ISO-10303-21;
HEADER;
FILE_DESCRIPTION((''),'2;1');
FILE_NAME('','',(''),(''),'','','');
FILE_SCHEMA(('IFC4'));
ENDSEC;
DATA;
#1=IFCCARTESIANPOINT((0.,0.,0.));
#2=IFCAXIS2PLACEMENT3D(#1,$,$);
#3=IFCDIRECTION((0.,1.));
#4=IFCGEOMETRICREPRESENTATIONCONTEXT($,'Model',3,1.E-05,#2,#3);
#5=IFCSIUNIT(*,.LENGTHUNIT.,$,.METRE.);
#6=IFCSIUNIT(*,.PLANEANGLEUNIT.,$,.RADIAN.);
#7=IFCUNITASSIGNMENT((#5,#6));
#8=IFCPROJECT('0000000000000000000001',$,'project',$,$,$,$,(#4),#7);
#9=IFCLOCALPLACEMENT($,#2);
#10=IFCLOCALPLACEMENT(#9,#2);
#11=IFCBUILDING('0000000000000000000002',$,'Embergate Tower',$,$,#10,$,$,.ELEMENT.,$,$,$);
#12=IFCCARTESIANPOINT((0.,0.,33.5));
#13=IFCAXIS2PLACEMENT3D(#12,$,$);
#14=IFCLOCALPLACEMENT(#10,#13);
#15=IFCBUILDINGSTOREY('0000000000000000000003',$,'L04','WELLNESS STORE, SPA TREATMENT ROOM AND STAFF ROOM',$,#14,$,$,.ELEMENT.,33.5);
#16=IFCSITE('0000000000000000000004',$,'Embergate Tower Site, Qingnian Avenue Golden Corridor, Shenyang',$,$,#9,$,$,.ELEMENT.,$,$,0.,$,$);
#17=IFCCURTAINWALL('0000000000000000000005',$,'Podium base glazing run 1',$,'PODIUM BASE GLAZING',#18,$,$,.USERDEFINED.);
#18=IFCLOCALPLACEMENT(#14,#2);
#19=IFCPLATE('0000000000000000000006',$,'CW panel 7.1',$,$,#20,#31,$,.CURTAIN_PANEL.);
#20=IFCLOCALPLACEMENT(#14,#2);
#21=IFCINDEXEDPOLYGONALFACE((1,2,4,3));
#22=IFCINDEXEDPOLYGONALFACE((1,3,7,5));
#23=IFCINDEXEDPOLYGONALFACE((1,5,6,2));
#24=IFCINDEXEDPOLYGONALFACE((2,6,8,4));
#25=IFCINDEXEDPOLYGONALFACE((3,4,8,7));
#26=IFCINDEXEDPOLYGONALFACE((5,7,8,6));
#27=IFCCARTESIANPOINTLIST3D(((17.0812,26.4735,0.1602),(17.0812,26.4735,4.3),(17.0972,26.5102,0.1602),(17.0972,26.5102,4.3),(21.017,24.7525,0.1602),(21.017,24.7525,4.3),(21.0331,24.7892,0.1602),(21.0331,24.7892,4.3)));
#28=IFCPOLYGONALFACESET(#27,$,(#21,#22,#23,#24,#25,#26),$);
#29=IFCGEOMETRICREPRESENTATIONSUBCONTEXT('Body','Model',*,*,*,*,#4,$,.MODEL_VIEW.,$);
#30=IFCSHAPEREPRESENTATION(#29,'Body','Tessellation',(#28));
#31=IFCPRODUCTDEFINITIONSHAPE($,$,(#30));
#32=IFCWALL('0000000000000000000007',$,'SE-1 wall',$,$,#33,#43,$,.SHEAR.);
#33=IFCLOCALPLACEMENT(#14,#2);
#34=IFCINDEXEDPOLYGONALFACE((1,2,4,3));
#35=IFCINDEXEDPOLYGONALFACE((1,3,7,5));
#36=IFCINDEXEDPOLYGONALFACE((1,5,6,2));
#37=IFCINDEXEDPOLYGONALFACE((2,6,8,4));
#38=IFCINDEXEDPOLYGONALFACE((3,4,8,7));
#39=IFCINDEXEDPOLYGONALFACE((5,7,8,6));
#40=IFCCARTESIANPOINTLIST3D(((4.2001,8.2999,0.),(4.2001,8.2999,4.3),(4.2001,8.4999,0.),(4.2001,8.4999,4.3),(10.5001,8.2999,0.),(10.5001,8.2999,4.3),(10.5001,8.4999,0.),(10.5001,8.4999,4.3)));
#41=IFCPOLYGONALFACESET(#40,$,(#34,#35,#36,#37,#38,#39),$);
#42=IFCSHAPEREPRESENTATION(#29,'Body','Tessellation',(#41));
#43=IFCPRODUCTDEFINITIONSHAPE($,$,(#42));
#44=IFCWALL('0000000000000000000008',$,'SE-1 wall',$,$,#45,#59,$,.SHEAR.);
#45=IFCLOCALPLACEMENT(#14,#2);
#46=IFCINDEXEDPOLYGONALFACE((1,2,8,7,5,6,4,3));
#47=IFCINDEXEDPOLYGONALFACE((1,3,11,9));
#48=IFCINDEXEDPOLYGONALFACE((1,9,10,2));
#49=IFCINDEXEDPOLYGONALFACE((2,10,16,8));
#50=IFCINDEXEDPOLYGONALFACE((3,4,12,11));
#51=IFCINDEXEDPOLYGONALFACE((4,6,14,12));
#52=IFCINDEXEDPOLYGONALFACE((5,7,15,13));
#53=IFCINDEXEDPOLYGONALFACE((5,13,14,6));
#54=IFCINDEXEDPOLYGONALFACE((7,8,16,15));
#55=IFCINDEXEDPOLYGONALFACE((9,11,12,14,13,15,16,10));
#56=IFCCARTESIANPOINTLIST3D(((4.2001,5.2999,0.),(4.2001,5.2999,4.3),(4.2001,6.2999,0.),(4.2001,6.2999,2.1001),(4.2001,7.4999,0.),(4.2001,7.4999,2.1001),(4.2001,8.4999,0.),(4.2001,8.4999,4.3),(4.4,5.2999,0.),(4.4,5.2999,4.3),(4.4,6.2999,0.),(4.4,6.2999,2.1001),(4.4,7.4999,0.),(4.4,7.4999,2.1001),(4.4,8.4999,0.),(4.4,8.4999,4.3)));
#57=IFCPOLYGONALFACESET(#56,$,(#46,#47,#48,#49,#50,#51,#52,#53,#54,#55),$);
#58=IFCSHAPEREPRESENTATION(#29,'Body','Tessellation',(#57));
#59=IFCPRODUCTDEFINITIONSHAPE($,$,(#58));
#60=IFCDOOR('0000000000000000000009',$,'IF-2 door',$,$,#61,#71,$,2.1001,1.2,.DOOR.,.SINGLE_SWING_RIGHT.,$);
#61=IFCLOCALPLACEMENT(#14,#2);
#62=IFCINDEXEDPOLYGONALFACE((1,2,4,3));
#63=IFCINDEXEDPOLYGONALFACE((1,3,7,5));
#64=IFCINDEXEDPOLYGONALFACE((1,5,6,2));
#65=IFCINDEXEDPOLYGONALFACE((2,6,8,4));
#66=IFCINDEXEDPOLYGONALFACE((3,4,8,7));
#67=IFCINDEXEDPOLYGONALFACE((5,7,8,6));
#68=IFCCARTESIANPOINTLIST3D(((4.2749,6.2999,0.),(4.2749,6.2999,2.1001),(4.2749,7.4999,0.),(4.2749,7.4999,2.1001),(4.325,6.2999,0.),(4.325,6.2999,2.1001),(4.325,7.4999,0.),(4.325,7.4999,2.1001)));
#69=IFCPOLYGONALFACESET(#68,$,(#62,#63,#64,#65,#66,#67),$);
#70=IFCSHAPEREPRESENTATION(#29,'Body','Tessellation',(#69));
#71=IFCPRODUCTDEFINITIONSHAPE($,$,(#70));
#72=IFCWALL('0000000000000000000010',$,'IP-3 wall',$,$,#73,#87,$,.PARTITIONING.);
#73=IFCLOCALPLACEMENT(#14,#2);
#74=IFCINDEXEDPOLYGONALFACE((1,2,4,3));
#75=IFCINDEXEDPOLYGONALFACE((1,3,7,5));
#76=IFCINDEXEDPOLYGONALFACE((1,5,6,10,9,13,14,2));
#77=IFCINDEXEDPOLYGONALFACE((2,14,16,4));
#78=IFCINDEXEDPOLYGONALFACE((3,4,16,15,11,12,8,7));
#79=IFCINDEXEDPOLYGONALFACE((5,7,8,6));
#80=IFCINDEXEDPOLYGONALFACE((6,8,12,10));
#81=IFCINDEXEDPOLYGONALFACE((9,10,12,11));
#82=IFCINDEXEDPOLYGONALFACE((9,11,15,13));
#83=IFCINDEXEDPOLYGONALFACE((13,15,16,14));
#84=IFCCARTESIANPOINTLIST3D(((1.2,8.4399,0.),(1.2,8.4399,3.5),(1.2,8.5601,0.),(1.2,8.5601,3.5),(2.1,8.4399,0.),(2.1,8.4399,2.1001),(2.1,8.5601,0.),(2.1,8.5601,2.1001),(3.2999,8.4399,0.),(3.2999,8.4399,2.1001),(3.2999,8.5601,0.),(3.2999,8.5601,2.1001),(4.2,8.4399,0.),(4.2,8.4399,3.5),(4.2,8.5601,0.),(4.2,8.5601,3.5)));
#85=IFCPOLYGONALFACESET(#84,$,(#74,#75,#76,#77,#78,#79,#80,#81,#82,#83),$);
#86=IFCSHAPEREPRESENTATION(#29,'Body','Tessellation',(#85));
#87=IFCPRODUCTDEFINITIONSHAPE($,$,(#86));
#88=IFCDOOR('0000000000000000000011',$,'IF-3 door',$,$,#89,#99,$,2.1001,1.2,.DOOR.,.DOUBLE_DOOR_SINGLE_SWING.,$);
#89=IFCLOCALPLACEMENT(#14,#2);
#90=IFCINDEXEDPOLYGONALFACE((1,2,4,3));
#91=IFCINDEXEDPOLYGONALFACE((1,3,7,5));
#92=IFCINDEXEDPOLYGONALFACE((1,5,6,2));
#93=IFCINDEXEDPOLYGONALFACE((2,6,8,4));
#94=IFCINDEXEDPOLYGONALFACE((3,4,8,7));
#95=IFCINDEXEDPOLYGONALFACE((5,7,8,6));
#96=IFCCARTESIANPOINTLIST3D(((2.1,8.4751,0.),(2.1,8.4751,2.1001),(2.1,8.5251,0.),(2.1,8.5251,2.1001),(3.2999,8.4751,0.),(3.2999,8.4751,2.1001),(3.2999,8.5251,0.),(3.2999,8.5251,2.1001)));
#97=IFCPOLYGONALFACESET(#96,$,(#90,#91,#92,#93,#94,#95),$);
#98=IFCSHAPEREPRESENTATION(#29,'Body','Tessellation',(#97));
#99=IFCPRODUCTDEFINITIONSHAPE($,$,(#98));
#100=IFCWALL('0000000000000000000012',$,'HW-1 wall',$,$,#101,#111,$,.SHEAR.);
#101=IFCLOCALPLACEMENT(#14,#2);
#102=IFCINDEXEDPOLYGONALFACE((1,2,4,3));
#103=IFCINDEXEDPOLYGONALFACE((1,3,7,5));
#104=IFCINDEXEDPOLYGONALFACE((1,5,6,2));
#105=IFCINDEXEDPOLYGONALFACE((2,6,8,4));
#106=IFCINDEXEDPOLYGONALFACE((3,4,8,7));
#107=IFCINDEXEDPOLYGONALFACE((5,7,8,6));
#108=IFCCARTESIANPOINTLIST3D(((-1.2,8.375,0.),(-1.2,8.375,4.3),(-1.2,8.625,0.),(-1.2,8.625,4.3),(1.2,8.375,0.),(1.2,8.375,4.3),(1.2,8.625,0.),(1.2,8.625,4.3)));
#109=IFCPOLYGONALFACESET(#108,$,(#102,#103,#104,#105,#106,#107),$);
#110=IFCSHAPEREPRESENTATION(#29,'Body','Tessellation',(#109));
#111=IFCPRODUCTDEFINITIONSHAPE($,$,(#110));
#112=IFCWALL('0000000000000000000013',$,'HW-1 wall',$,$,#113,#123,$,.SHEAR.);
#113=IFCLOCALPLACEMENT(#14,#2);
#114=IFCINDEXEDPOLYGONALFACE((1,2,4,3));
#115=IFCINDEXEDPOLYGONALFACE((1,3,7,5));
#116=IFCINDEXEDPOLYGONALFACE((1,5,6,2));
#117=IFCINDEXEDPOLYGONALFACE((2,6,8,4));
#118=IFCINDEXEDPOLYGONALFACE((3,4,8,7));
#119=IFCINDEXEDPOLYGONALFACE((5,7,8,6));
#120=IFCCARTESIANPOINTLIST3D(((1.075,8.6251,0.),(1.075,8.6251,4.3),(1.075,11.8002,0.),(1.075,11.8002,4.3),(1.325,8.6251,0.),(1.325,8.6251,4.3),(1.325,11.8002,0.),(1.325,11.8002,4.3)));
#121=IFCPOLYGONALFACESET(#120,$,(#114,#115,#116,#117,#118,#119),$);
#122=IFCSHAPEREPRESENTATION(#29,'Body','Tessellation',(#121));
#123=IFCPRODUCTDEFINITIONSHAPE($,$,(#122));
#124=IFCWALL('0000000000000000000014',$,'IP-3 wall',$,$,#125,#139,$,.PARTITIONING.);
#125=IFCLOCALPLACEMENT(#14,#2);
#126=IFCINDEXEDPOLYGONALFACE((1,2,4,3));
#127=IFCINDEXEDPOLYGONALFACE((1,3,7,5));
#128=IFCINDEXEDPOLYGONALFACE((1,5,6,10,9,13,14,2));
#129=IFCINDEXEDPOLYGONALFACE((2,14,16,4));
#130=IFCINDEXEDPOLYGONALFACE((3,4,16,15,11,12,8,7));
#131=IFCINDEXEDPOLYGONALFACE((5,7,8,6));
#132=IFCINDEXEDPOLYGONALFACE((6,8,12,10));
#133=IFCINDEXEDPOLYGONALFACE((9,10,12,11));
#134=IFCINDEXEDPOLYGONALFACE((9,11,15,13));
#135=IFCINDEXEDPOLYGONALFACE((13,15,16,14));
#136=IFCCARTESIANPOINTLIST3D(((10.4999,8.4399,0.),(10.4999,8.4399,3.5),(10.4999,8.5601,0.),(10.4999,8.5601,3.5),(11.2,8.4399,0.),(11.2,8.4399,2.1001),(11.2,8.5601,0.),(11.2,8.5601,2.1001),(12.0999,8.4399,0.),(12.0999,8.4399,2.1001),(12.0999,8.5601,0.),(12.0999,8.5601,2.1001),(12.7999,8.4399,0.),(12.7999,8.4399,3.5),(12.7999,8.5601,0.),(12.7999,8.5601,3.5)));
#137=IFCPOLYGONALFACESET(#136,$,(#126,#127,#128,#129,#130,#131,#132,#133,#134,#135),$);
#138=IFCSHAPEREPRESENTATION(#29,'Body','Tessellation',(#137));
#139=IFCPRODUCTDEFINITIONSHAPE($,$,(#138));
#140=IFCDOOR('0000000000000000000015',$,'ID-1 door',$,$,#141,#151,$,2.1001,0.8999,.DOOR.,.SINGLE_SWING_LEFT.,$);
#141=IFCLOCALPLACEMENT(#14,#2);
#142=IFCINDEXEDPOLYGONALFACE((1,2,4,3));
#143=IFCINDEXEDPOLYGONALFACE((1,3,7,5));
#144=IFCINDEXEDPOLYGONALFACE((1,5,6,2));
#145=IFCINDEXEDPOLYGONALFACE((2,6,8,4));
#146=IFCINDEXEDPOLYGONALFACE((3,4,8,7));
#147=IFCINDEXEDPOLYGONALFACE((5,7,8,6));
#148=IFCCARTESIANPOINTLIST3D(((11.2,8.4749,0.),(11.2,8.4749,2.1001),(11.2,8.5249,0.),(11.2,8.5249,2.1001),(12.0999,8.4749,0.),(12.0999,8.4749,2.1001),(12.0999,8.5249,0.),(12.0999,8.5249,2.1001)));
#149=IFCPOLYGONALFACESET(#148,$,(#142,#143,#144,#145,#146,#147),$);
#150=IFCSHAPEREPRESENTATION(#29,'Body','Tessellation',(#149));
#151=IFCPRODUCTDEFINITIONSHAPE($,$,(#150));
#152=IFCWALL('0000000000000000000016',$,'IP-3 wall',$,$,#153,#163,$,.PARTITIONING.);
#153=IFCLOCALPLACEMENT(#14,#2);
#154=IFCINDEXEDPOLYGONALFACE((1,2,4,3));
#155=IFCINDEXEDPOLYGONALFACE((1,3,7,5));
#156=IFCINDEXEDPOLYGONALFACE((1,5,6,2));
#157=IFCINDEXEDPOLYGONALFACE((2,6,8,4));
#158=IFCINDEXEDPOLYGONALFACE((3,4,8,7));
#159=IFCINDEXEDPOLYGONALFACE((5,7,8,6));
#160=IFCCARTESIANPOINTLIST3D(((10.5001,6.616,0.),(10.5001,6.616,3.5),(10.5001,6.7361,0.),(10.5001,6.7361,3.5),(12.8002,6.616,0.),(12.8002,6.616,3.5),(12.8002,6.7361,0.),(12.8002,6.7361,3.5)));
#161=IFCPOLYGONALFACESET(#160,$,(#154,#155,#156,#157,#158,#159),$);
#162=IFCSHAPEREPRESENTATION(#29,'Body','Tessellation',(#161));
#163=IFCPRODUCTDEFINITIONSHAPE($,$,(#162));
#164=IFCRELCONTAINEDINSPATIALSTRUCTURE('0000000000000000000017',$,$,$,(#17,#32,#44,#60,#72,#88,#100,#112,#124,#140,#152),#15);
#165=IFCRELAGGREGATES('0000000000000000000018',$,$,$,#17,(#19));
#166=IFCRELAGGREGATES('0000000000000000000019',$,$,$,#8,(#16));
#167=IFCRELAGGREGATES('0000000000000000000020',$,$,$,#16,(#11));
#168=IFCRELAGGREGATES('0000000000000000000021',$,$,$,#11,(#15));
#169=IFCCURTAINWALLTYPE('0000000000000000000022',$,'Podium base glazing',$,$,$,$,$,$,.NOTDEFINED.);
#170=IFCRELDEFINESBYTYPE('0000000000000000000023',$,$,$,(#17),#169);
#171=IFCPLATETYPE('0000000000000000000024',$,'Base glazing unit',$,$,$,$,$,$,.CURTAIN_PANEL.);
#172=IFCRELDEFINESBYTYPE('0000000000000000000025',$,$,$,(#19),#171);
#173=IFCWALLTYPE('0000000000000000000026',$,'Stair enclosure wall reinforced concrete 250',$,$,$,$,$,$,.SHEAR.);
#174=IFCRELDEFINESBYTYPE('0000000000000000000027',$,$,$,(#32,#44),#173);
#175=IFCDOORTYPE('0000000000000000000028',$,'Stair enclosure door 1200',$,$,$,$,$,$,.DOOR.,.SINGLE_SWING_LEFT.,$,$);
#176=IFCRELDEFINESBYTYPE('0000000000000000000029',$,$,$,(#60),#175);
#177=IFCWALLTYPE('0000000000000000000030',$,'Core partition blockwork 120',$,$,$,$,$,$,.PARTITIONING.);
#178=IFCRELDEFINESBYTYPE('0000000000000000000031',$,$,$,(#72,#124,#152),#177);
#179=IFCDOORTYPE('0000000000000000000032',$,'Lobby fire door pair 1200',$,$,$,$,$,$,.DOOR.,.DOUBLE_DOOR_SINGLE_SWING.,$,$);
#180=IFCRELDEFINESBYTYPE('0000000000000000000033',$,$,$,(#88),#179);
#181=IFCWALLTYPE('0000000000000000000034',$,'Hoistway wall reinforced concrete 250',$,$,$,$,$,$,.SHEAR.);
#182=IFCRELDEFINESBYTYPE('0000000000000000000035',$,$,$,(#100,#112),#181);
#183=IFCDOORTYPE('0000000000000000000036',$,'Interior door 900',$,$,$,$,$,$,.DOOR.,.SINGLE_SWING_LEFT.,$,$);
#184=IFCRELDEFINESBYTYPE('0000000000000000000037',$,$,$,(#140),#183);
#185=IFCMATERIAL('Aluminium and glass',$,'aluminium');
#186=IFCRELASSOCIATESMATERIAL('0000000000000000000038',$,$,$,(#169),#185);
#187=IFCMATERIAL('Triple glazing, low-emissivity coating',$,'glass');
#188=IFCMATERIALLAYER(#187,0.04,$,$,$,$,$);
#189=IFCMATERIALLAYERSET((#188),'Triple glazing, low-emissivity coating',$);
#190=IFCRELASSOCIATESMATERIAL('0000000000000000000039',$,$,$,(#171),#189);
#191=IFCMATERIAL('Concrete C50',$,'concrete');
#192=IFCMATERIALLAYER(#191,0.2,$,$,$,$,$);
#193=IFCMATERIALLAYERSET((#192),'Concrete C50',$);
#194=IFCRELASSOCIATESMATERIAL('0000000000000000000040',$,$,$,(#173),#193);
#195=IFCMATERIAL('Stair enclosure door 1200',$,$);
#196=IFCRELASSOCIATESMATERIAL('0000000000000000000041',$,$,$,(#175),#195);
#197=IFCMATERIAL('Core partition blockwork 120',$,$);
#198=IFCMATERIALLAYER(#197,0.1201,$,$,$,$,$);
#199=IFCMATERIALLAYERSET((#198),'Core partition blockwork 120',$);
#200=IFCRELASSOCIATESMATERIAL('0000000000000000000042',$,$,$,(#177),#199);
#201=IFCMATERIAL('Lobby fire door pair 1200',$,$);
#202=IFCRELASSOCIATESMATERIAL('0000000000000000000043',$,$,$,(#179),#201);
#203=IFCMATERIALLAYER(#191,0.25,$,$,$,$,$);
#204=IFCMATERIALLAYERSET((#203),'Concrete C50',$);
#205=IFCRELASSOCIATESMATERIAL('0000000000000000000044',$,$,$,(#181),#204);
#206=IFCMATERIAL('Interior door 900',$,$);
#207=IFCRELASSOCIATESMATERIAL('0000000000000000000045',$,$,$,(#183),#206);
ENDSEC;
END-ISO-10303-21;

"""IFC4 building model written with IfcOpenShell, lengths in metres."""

from ifc_helpers import new_model, si_unit, direction, frame, frame_2d, origin, origin_2d, place, context, subcontext, project, spatial, rectangle, extrude, source, transform, mapped, material, layer, layer_set, type_object, element, fill, aggregate, save


model = new_model("IFC4")

# Units and contexts
model_context = context("Model", 3, precision=1e-05, world=origin(), true_north=direction((0.0, 1.0)))
body_context = subcontext(model_context, "Body", "Model", "MODEL_VIEW")
ifc_project = project(units=[si_unit("LENGTHUNIT", "METRE"), si_unit("PLANEANGLEUNIT", "RADIAN")], contexts=[model_context])

# Site, building, storey
site_placement = place(None, origin())
site = spatial("IfcSite", under=ifc_project, at=site_placement, Name="Embergate Tower Site, Qingnian Avenue Golden Corridor, Shenyang", CompositionType="ELEMENT", RefElevation=0.0)
building_placement = place(site_placement, origin())
building = spatial("IfcBuilding", under=site, at=building_placement, Name="Embergate Tower", CompositionType="ELEMENT")
storey_placement = place(building_placement, frame((0.0, 0.0, 33.5)))
storey = spatial("IfcBuildingStorey", under=building, at=storey_placement, Name="L04", Description="WELLNESS STORE, SPA TREATMENT ROOM AND STAFF ROOM", CompositionType="ELEMENT", Elevation=33.5)

# Curtain wall, plate
ifc_material_1 = material(Name="Aluminium and glass", Category="aluminium")
curtain_wall_type = type_object("IfcCurtainWallType", Name="Podium base glazing", PredefinedType="NOTDEFINED", material=ifc_material_1)
curtain_wall_placement = place(storey_placement, origin())
curtain_wall = element("IfcCurtainWall", 1, at=curtain_wall_placement, inside=storey, type_object=curtain_wall_type, Name="Podium base glazing run 1", ObjectType="PODIUM BASE GLAZING", PredefinedType="USERDEFINED")
ifc_material_2 = material(Name="Triple glazing, low-emissivity coating", Category="glass")
ifc_layer_1 = layer(ifc_material_2, 0.04)
ifc_layer_set_1 = layer_set([ifc_layer_1], Name="Triple glazing, low-emissivity coating")
plate_type = type_object("IfcPlateType", Name="Base glazing unit", PredefinedType="CURTAIN_PANEL", material=ifc_layer_set_1)
shared_shape_1 = source(origin(), body_context, "Body", "SweptSolid", [
    extrude(rectangle(XDim=4.2957, YDim=0.04, at=origin_2d()), origin(), (0.0, 0.0, 1.0), 4.1399),
])
plate_placement = place(storey_placement, frame((19.0571, 25.6313, 0.1602), z_axis=(0.0, 0.0, 1.0), x_axis=(-0.916237, 0.400637, 0.0)))
plate = element("IfcPlate", 2, at=plate_placement, type_object=plate_type, Name="CW panel 7.1", PredefinedType="CURTAIN_PANEL", context=body_context, shape_type="MappedRepresentation", body=[
    mapped(shared_shape_1, transform((0.0, 0.0, 0.0))),
])
aggregate(curtain_wall, [plate])

# Wall
ifc_material_3 = material(Name="Concrete C50", Category="concrete")
ifc_layer_2 = layer(ifc_material_3, 0.2)
ifc_layer_set_2 = layer_set([ifc_layer_2], Name="Concrete C50")
wall_type_1 = type_object("IfcWallType", Name="Stair enclosure wall reinforced concrete 250", PredefinedType="SHEAR", material=ifc_layer_set_2)
shared_shape_2 = source(origin(), body_context, "Body", "SweptSolid", [
    extrude(rectangle(XDim=6.3, YDim=0.2, at=frame_2d((3.1499, 0.0))), origin(), (0.0, 0.0, 1.0), 4.3),
])
wall_1_placement = place(storey_placement, frame((10.5, 8.3999, 0.0), z_axis=(0.0, 0.0, 1.0), x_axis=(-1.0, 0.0, 0.0)))
element("IfcWall", 3, at=wall_1_placement, inside=storey, type_object=wall_type_1, Name="SE-1 wall", PredefinedType="SHEAR", context=body_context, shape_type="MappedRepresentation", body=[
    mapped(shared_shape_2, transform((0.0, 0.0, 0.0))),
])

# Walls, openings, doors
shared_shape_3 = source(origin(), body_context, "Body", "SweptSolid", [
    extrude(rectangle(XDim=3.2, YDim=0.2, at=frame_2d((1.6001, 0.0))), origin(), (0.0, 0.0, 1.0), 4.3),
])
wall_2_placement = place(storey_placement, frame((4.3, 8.5, 0.0), z_axis=(0.0, 0.0, 1.0), x_axis=(0.0, -1.0, 0.0)))
wall_2 = element("IfcWall", 4, at=wall_2_placement, inside=storey, type_object=wall_type_1, Name="SE-1 wall", PredefinedType="SHEAR", context=body_context, shape_type="MappedRepresentation", body=[
    mapped(shared_shape_3, transform((0.0, 0.0, 0.0))),
])
shared_shape_4 = source(origin(), body_context, "Body", "SweptSolid", [
    extrude(rectangle(XDim=1.2, YDim=2.1001, at=frame_2d((0.6001, 1.05))), frame((0.0, 0.1099, 0.0), z_axis=(0.0, -1.0, 0.0), x_axis=(1.0, 0.0, 0.0)), (0.0, 0.0, 1.0), 0.22),
])
opening_1_placement = place(wall_2_placement, frame((1.0, 0.0, 0.0)))
opening_1 = element("IfcOpeningElement", 5, at=opening_1_placement, cuts=wall_2, PredefinedType="OPENING", context=body_context, shape_type="MappedRepresentation", body=[
    mapped(shared_shape_4, transform((0.0, 0.0, 0.0))),
])
ifc_material_4 = material(Name="Stair enclosure door 1200")
door_type_1 = type_object("IfcDoorType", Name="Stair enclosure door 1200", OperationType="SINGLE_SWING_LEFT", PredefinedType="DOOR", material=ifc_material_4)
shared_shape_5 = source(origin(), body_context, "Body", "SweptSolid", [
    extrude(rectangle(XDim=1.2, YDim=2.1001, at=frame_2d((0.6001, 1.05))), frame((0.0, 0.0249, 0.0), z_axis=(0.0, -1.0, 0.0), x_axis=(1.0, 0.0, 0.0)), (0.0, 0.0, 1.0), 0.05),
])
door_1_placement = place(opening_1_placement, origin())
door_1 = element("IfcDoor", 6, at=door_1_placement, inside=storey, type_object=door_type_1, Name="IF-2 door", OperationType="SINGLE_SWING_RIGHT", OverallHeight=2.1001, OverallWidth=1.2, PredefinedType="DOOR", context=body_context, shape_type="MappedRepresentation", body=[
    mapped(shared_shape_5, transform((0.0, 0.0, 0.0))),
])
fill(opening_1, door_1)
ifc_material_5 = material(Name="Core partition blockwork 120")
ifc_layer_3 = layer(ifc_material_5, 0.1201)
ifc_layer_set_3 = layer_set([ifc_layer_3], Name="Core partition blockwork 120")
wall_type_2 = type_object("IfcWallType", Name="Core partition blockwork 120", PredefinedType="PARTITIONING", material=ifc_layer_set_3)
shared_shape_6 = source(origin(), body_context, "Body", "SweptSolid", [
    extrude(rectangle(XDim=3.0, YDim=0.1201, at=frame_2d((1.5, 0.0))), origin(), (0.0, 0.0, 1.0), 3.5),
])
wall_3_placement = place(storey_placement, frame((4.2, 8.5, 0.0), z_axis=(0.0, 0.0, 1.0), x_axis=(-1.0, 0.0, 0.0)))
wall_3 = element("IfcWall", 7, at=wall_3_placement, inside=storey, type_object=wall_type_2, Name="IP-3 wall", PredefinedType="PARTITIONING", context=body_context, shape_type="MappedRepresentation", body=[
    mapped(shared_shape_6, transform((0.0, 0.0, 0.0))),
])
shared_shape_7 = source(origin(), body_context, "Body", "SweptSolid", [
    extrude(rectangle(XDim=1.2, YDim=2.1001, at=frame_2d((0.6001, 1.05))), frame((0.0, 0.0701, 0.0), z_axis=(0.0, -1.0, 0.0), x_axis=(1.0, 0.0, 0.0)), (0.0, 0.0, 1.0), 0.1401),
])
opening_2_placement = place(wall_3_placement, frame((0.8999, 0.0, 0.0)))
opening_2 = element("IfcOpeningElement", 8, at=opening_2_placement, cuts=wall_3, PredefinedType="OPENING", context=body_context, shape_type="MappedRepresentation", body=[
    mapped(shared_shape_7, transform((0.0, 0.0, 0.0))),
])
ifc_material_6 = material(Name="Lobby fire door pair 1200")
door_type_2 = type_object("IfcDoorType", Name="Lobby fire door pair 1200", OperationType="DOUBLE_DOOR_SINGLE_SWING", PredefinedType="DOOR", material=ifc_material_6)
door_2_placement = place(opening_2_placement, origin())
door_2 = element("IfcDoor", 9, at=door_2_placement, inside=storey, type_object=door_type_2, Name="IF-3 door", OperationType="DOUBLE_DOOR_SINGLE_SWING", OverallHeight=2.1001, OverallWidth=1.2, PredefinedType="DOOR", context=body_context, shape_type="MappedRepresentation", body=[
    mapped(shared_shape_5, transform((0.0, 0.0, 0.0))),
])
fill(opening_2, door_2)

# Walls
ifc_layer_4 = layer(ifc_material_3, 0.25)
ifc_layer_set_4 = layer_set([ifc_layer_4], Name="Concrete C50")
wall_type_3 = type_object("IfcWallType", Name="Hoistway wall reinforced concrete 250", PredefinedType="SHEAR", material=ifc_layer_set_4)
shared_shape_8 = source(origin(), body_context, "Body", "SweptSolid", [
    extrude(rectangle(XDim=2.3999, YDim=0.25, at=frame_2d((1.2, 0.0))), origin(), (0.0, 0.0, 1.0), 4.3),
])
wall_4_placement = place(storey_placement, frame((1.2, 8.5, 0.0), z_axis=(0.0, 0.0, 1.0), x_axis=(-1.0, 0.0, 0.0)))
element("IfcWall", 10, at=wall_4_placement, inside=storey, type_object=wall_type_3, Name="HW-1 wall", PredefinedType="SHEAR", context=body_context, shape_type="MappedRepresentation", body=[
    mapped(shared_shape_8, transform((0.0, 0.0, 0.0))),
])
shared_shape_9 = source(origin(), body_context, "Body", "SweptSolid", [
    extrude(rectangle(XDim=3.175, YDim=0.25, at=frame_2d((1.5874, 0.0))), origin(), (0.0, 0.0, 1.0), 4.3),
])
wall_5_placement = place(storey_placement, frame((1.2, 11.8, 0.0), z_axis=(0.0, 0.0, 1.0), x_axis=(0.0, -1.0, 0.0)))
element("IfcWall", 11, at=wall_5_placement, inside=storey, type_object=wall_type_3, Name="HW-1 wall", PredefinedType="SHEAR", context=body_context, shape_type="MappedRepresentation", body=[
    mapped(shared_shape_9, transform((0.0, 0.0, 0.0))),
])

# Wall, opening, door
shared_shape_10 = source(origin(), body_context, "Body", "SweptSolid", [
    extrude(rectangle(XDim=2.3, YDim=0.1201, at=frame_2d((1.1499, 0.0))), origin(), (0.0, 0.0, 1.0), 3.5),
])
wall_6_placement = place(storey_placement, frame((10.5, 8.5, 0.0), z_axis=(0.0, 0.0, 1.0), x_axis=(1.0, 0.0, 0.0)))
wall_6 = element("IfcWall", 12, at=wall_6_placement, inside=storey, type_object=wall_type_2, Name="IP-3 wall", PredefinedType="PARTITIONING", context=body_context, shape_type="MappedRepresentation", body=[
    mapped(shared_shape_10, transform((0.0, 0.0, 0.0))),
])
shared_shape_11 = source(origin(), body_context, "Body", "SweptSolid", [
    extrude(rectangle(XDim=0.8999, YDim=2.1001, at=frame_2d((0.45, 1.05))), frame((0.0, 0.0701, 0.0), z_axis=(0.0, -1.0, 0.0), x_axis=(1.0, 0.0, 0.0)), (0.0, 0.0, 1.0), 0.1401),
])
opening_3_placement = place(wall_6_placement, frame((0.7, 0.0, 0.0)))
opening_3 = element("IfcOpeningElement", 13, at=opening_3_placement, cuts=wall_6, PredefinedType="OPENING", context=body_context, shape_type="MappedRepresentation", body=[
    mapped(shared_shape_11, transform((0.0, 0.0, 0.0))),
])
ifc_material_7 = material(Name="Interior door 900")
door_type_3 = type_object("IfcDoorType", Name="Interior door 900", OperationType="SINGLE_SWING_LEFT", PredefinedType="DOOR", material=ifc_material_7)
shared_shape_12 = source(origin(), body_context, "Body", "SweptSolid", [
    extrude(rectangle(XDim=0.8999, YDim=2.1001, at=frame_2d((0.45, 1.05))), frame((0.0, 0.0249, 0.0), z_axis=(0.0, -1.0, 0.0), x_axis=(1.0, 0.0, 0.0)), (0.0, 0.0, 1.0), 0.05),
])
door_3_placement = place(opening_3_placement, origin())
door_3 = element("IfcDoor", 14, at=door_3_placement, inside=storey, type_object=door_type_3, Name="ID-1 door", OperationType="SINGLE_SWING_LEFT", OverallHeight=2.1001, OverallWidth=0.8999, PredefinedType="DOOR", context=body_context, shape_type="MappedRepresentation", body=[
    mapped(shared_shape_12, transform((0.0, 0.0, 0.0))),
])
fill(opening_3, door_3)

# Wall
wall_7_placement = place(storey_placement, frame((12.8, 6.676, 0.0), z_axis=(0.0, 0.0, 1.0), x_axis=(-1.0, 0.0, 0.0)))
element("IfcWall", 15, at=wall_7_placement, inside=storey, type_object=wall_type_2, Name="IP-3 wall", PredefinedType="PARTITIONING", context=body_context, shape_type="MappedRepresentation", body=[
    mapped(shared_shape_10, transform((0.0, 0.0, 0.0))),
])

save(model, "model.ifc")
